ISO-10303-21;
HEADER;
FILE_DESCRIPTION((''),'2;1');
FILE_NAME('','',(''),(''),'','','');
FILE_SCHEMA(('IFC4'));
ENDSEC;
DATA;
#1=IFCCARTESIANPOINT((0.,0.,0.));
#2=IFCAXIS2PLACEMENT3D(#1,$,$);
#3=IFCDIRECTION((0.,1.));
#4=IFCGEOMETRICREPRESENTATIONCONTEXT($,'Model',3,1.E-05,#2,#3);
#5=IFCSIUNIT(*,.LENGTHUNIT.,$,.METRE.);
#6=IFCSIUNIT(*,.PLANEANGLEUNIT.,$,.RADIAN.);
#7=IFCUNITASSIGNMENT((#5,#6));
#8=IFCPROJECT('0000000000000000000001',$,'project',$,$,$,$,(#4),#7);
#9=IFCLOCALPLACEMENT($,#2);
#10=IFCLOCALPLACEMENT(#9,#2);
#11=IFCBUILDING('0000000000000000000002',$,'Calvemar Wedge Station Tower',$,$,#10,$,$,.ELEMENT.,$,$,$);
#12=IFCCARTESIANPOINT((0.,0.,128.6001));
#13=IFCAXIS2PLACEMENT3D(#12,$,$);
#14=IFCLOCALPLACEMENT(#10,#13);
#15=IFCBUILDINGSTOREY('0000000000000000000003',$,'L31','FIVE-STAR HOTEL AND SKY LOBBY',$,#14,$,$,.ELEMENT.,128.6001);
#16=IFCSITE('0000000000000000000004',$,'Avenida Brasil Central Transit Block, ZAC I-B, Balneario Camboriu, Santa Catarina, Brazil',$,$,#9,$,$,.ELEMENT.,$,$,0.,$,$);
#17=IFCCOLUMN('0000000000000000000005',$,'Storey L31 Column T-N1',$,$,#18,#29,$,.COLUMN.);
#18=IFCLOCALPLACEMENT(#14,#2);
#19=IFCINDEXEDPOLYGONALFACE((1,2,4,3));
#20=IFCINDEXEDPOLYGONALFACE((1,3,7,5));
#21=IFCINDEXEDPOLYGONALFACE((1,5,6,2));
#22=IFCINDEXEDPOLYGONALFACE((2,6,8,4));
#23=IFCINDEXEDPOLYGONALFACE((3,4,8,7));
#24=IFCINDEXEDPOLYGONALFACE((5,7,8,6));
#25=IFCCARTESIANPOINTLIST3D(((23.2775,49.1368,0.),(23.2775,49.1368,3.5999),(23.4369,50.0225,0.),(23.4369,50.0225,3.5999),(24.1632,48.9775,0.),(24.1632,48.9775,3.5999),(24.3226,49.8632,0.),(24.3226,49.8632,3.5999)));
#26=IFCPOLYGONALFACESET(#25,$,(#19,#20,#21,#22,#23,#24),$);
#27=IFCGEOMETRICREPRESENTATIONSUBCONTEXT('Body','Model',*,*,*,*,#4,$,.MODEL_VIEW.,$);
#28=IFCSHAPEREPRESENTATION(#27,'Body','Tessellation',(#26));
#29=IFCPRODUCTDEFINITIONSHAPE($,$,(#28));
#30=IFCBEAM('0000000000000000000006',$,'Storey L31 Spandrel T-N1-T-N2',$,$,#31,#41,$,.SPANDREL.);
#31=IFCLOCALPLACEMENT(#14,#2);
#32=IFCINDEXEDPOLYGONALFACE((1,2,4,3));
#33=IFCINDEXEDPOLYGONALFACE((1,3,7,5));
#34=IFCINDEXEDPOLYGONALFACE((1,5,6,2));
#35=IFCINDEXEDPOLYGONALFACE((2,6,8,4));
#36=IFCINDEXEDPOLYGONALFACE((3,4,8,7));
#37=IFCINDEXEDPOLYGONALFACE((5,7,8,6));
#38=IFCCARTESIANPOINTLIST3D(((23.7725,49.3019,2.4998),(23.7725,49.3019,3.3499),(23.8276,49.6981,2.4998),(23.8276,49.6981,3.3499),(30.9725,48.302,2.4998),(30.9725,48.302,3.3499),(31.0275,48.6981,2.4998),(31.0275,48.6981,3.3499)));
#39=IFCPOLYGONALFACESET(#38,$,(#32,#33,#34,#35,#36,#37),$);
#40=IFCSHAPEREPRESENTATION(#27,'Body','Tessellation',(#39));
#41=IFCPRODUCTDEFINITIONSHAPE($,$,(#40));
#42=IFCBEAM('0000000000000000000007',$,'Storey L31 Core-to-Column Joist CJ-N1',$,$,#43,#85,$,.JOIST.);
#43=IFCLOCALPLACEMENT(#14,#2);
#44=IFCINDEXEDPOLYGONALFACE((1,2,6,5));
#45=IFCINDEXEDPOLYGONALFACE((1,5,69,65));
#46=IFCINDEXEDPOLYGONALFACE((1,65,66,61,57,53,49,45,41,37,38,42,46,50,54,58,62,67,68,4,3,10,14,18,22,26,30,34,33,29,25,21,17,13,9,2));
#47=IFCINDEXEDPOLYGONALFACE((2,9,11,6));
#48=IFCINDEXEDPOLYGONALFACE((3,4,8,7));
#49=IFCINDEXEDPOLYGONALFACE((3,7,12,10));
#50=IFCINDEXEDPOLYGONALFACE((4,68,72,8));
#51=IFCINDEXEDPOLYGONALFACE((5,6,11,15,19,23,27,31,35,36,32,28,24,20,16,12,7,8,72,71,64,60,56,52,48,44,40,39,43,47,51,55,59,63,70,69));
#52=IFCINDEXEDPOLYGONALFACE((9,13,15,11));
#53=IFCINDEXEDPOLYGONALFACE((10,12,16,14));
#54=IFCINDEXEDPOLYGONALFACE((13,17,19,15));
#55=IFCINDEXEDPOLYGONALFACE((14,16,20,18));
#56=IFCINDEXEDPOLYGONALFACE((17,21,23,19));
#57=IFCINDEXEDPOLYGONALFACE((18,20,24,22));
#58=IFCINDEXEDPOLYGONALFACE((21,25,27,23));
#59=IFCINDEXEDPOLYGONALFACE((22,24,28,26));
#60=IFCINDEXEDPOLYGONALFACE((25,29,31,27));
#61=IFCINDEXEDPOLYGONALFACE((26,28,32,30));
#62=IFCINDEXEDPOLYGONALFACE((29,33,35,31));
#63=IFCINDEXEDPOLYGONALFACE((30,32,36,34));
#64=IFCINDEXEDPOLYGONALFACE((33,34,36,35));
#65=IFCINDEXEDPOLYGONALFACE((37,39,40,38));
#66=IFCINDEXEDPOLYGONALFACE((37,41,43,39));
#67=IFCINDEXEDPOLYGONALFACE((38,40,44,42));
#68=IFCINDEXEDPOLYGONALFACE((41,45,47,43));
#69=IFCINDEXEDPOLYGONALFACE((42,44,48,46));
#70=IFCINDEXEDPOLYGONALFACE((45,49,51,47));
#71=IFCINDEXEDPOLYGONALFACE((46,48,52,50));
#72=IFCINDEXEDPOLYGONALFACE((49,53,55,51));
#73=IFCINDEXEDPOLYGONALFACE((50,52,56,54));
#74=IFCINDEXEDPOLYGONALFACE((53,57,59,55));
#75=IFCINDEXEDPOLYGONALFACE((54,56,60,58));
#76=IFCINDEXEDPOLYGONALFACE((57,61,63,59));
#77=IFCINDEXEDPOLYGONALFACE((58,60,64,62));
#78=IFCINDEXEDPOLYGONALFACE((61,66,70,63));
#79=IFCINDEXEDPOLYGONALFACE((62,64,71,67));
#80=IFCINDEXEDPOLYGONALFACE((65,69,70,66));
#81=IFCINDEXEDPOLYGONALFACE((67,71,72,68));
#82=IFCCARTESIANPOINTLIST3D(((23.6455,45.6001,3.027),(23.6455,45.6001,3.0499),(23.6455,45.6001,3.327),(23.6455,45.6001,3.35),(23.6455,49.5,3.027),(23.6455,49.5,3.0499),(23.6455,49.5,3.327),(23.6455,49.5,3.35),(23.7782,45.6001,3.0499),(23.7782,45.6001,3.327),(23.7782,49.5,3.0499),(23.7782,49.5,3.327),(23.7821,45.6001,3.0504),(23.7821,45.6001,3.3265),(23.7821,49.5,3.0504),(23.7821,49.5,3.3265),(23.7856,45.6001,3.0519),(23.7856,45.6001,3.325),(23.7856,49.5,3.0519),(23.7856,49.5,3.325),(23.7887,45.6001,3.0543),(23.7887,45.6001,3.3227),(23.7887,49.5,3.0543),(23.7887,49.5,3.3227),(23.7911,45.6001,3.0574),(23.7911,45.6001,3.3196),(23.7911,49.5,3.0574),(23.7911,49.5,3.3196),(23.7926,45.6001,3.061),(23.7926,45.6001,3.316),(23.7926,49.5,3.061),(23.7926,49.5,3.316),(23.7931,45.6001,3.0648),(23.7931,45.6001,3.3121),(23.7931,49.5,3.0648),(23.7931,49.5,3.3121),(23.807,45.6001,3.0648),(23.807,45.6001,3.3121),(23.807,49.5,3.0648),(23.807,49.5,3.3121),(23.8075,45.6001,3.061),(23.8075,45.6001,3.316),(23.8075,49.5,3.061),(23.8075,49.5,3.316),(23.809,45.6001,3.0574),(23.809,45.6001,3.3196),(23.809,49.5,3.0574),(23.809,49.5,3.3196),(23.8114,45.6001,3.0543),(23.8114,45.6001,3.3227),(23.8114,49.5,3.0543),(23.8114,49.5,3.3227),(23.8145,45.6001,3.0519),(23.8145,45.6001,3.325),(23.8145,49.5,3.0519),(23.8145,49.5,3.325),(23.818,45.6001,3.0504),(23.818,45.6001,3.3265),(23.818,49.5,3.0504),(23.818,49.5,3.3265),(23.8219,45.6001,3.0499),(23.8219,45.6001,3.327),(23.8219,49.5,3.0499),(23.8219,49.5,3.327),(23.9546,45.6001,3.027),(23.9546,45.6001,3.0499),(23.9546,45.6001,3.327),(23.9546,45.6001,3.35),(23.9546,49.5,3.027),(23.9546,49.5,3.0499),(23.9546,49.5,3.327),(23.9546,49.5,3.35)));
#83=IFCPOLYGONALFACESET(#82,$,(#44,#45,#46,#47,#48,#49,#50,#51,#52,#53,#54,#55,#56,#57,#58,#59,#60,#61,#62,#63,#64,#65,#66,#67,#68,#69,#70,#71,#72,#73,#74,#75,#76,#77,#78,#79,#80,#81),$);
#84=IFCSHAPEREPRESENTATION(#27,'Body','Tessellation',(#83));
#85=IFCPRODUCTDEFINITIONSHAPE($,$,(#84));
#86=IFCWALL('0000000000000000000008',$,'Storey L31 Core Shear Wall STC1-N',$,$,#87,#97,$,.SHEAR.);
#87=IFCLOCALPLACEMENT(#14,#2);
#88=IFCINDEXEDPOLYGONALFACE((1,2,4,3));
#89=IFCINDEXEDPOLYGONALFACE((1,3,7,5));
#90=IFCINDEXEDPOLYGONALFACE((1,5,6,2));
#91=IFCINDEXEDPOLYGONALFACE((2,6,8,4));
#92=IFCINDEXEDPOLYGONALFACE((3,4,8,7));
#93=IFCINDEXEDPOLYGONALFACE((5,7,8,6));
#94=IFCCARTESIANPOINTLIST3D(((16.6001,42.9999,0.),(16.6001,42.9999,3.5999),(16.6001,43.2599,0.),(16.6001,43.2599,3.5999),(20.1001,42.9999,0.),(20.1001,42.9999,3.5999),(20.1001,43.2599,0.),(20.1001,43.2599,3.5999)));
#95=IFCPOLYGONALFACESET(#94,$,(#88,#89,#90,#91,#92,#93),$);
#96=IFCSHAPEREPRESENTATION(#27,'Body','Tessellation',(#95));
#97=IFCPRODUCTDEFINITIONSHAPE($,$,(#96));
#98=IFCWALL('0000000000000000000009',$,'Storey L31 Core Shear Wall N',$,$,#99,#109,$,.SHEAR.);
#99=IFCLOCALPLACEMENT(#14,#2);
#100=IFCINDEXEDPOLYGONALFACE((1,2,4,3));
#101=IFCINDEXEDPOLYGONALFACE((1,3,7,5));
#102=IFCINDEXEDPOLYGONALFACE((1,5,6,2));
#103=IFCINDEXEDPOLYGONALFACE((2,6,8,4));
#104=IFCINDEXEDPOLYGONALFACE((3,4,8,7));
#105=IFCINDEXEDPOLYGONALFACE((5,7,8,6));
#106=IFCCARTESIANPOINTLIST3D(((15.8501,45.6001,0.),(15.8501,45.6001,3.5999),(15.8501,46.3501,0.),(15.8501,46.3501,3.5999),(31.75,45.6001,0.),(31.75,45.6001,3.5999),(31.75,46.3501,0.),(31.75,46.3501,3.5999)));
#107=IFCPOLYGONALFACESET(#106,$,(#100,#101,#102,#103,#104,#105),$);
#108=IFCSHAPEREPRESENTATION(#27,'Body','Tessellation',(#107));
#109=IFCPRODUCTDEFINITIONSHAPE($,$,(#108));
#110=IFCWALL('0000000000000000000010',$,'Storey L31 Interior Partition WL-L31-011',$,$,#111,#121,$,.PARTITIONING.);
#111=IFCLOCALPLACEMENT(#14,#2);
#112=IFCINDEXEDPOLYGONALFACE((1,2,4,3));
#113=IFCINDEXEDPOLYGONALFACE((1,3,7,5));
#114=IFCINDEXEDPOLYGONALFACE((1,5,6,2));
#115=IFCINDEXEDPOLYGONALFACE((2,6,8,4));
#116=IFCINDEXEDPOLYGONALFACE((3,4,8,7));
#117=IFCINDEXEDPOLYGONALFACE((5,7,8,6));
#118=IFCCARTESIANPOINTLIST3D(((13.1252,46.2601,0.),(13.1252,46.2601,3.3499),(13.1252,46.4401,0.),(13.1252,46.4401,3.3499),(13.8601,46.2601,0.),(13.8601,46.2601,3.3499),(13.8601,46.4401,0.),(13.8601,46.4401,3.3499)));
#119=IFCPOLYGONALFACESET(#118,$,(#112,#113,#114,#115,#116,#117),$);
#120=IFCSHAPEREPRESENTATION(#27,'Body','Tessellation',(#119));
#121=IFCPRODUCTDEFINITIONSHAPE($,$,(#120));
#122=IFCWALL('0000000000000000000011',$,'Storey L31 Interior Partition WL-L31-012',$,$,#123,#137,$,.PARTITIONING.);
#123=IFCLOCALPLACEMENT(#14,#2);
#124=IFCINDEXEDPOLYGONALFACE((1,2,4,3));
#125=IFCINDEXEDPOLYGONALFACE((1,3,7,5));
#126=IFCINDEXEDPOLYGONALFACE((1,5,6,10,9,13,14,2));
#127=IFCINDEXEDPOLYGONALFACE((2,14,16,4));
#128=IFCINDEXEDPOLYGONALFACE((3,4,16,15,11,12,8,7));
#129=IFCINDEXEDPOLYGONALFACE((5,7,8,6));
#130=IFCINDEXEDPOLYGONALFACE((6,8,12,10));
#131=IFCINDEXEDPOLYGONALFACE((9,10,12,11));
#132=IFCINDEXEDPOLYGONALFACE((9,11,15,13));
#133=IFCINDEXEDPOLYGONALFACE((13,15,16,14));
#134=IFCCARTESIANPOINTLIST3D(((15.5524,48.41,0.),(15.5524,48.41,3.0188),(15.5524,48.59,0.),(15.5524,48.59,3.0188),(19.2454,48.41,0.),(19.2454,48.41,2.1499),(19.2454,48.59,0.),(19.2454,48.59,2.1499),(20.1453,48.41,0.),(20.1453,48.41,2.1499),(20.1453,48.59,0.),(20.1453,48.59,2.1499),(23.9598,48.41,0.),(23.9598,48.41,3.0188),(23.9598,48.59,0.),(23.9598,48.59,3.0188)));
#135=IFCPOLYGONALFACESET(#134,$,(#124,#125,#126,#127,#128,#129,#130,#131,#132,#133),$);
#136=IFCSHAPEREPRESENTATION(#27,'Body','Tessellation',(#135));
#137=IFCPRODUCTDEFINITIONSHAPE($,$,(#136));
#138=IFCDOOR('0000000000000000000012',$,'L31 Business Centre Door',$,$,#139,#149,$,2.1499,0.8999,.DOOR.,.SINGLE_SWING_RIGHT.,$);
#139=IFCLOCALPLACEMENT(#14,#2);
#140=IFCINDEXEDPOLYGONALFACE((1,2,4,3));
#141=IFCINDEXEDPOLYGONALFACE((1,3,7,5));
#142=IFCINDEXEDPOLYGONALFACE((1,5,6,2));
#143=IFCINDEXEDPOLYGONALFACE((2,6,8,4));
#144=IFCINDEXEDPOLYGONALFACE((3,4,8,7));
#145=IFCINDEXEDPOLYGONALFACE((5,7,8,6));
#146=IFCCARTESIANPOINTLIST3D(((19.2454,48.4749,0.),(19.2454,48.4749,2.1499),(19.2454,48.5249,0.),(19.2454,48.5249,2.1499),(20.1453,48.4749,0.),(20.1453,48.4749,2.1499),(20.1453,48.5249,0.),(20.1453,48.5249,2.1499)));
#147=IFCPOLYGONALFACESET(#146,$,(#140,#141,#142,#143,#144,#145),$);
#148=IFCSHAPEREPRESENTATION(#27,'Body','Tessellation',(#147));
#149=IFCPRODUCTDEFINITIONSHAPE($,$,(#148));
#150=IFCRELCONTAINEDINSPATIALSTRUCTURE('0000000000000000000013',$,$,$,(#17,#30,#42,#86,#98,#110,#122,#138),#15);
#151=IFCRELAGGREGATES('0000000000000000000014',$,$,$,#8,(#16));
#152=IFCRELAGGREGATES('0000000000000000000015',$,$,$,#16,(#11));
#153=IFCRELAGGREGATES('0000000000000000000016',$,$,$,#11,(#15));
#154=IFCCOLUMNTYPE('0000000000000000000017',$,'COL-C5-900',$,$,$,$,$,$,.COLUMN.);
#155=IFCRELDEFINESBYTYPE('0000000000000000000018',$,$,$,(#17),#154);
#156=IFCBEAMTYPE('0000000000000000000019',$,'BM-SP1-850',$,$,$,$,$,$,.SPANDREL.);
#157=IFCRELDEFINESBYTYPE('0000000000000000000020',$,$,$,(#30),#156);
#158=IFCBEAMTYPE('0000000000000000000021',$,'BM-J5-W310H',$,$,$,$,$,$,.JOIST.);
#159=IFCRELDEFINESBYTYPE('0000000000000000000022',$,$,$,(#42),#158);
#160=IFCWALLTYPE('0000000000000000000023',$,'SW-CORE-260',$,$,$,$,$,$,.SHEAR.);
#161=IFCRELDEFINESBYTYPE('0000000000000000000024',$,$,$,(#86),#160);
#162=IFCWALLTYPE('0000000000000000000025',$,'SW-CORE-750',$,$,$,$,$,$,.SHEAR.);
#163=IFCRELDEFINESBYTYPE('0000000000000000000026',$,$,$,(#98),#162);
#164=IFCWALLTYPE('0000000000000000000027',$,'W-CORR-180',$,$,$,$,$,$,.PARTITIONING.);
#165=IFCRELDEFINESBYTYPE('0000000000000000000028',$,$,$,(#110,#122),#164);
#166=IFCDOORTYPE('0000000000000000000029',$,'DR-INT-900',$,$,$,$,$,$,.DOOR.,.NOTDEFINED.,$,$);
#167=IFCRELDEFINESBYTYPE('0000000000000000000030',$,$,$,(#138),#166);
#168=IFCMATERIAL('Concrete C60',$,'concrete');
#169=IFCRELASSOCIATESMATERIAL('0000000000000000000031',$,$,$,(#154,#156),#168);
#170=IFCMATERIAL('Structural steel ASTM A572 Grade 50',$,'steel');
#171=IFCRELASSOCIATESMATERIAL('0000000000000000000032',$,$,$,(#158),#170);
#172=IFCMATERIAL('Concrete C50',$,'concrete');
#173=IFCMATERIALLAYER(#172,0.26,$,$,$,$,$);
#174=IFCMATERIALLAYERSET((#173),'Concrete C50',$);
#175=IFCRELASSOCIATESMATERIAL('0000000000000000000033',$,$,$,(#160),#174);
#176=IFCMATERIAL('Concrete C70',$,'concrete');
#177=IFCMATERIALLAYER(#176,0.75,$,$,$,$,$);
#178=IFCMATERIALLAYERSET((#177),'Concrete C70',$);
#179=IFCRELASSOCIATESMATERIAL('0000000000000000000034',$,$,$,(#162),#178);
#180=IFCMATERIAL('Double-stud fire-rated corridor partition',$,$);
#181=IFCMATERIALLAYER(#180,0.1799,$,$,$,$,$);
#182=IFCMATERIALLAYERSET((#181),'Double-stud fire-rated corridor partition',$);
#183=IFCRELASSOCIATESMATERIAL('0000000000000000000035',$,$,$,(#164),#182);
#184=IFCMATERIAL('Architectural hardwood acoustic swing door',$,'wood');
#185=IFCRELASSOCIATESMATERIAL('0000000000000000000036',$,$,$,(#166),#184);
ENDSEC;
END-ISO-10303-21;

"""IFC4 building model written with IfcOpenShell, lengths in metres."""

from ifc_helpers import new_model, si_unit, direction, frame, frame_2d, origin, origin_2d, place, context, subcontext, project, spatial, rectangle, i_section, extrude, source, transform, mapped, material, layer, layer_set, material_profile, profile_set, type_object, element, fill, save


model = new_model("IFC4")

# Units and contexts
model_context = context("Model", 3, precision=1e-05, world=origin(), true_north=direction((0.0, 1.0)))
body_context = subcontext(model_context, "Body", "Model", "MODEL_VIEW")
ifc_project = project(units=[si_unit("LENGTHUNIT", "METRE"), si_unit("PLANEANGLEUNIT", "RADIAN")], contexts=[model_context])

# Site, building, storey
site_placement = place(None, origin())
site = spatial("IfcSite", under=ifc_project, at=site_placement, Name="Avenida Brasil Central Transit Block, ZAC I-B, Balneario Camboriu, Santa Catarina, Brazil", CompositionType="ELEMENT", RefElevation=0.0)
building_placement = place(site_placement, origin())
building = spatial("IfcBuilding", under=site, at=building_placement, Name="Calvemar Wedge Station Tower", CompositionType="ELEMENT")
storey_placement = place(building_placement, frame((0.0, 0.0, 128.6001)))
storey = spatial("IfcBuildingStorey", under=building, at=storey_placement, Name="L31", Description="FIVE-STAR HOTEL AND SKY LOBBY", CompositionType="ELEMENT", Elevation=128.6001)

# Column
ifc_material_1 = material(Name="Concrete C60", Category="concrete")
ifc_material_profile_1 = material_profile(ifc_material_1, rectangle(XDim=0.8999, YDim=0.8999, at=origin_2d()), Name="RC900x900")
ifc_profile_set_1 = profile_set([ifc_material_profile_1], Name="Concrete C60")
column_type = type_object("IfcColumnType", Name="COL-C5-900", PredefinedType="COLUMN", material=ifc_profile_set_1)
shared_shape_1 = source(origin(), body_context, "Body", "SweptSolid", [
    extrude(rectangle(XDim=0.8999, YDim=0.8999, at=origin_2d()), origin(), (0.0, 0.0, 1.0), 3.5999),
])
column_placement = place(storey_placement, frame((23.8, 49.5, 0.0), z_axis=(0.0, 0.0, 1.0), x_axis=(0.984196, -0.177085, 0.0)))
element("IfcColumn", 1, at=column_placement, inside=storey, type_object=column_type, Name="Storey L31 Column T-N1", PredefinedType="COLUMN", context=body_context, shape_type="MappedRepresentation", body=[
    mapped(shared_shape_1, transform((0.0, 0.0, 0.0), scale=1.0)),
])

# Beams
ifc_material_profile_2 = material_profile(ifc_material_1, rectangle(XDim=0.3999, YDim=0.8501, at=origin_2d()), Name="RC400x850")
ifc_profile_set_2 = profile_set([ifc_material_profile_2], Name="Concrete C60")
beam_type_1 = type_object("IfcBeamType", Name="BM-SP1-850", PredefinedType="SPANDREL", material=ifc_profile_set_2)
shared_shape_2 = source(origin(), body_context, "Body", "SweptSolid", [
    extrude(rectangle(XDim=0.3999, YDim=0.8501, at=origin_2d()), origin(), (0.0, 0.0, 1.0), 7.269),
])
beam_1_placement = place(storey_placement, frame((23.8, 49.5, 2.9248), z_axis=(0.990492, -0.137569, 0.0), x_axis=(0.137569, 0.990492, 0.0)))
element("IfcBeam", 2, at=beam_1_placement, inside=storey, type_object=beam_type_1, Name="Storey L31 Spandrel T-N1-T-N2", PredefinedType="SPANDREL", context=body_context, shape_type="MappedRepresentation", body=[
    mapped(shared_shape_2, transform((0.0, 0.0, 0.0), scale=1.0)),
])
ifc_material_2 = material(Name="Structural steel ASTM A572 Grade 50", Category="steel")
ifc_material_profile_3 = material_profile(ifc_material_2, i_section(OverallWidth=0.3091, OverallDepth=0.323, WebThickness=0.0139, FlangeThickness=0.0229, FilletRadius=0.0149, at=origin_2d()), Name="W310x143")
ifc_profile_set_3 = profile_set([ifc_material_profile_3], Name="Structural steel ASTM A572 Grade 50")
beam_type_2 = type_object("IfcBeamType", Name="BM-J5-W310H", PredefinedType="JOIST", material=ifc_profile_set_3)
shared_shape_3 = source(origin(), body_context, "Body", "SweptSolid", [
    extrude(i_section(OverallWidth=0.3091, OverallDepth=0.323, WebThickness=0.0139, FlangeThickness=0.0229, FilletRadius=0.0149, at=origin_2d()), origin(), (0.0, 0.0, 1.0), 3.8999),
])
beam_2_placement = place(storey_placement, frame((23.8, 45.6001, 3.1885), z_axis=(0.0, 1.0, 0.0), x_axis=(-1.0, 0.0, 0.0)))
element("IfcBeam", 3, at=beam_2_placement, inside=storey, type_object=beam_type_2, Name="Storey L31 Core-to-Column Joist CJ-N1", PredefinedType="JOIST", context=body_context, shape_type="MappedRepresentation", body=[
    mapped(shared_shape_3, transform((0.0, 0.0, 0.0), scale=1.0)),
])

# Walls
ifc_material_3 = material(Name="Concrete C50", Category="concrete")
ifc_layer_1 = layer(ifc_material_3, 0.26)
ifc_layer_set_1 = layer_set([ifc_layer_1], Name="Concrete C50")
wall_type_1 = type_object("IfcWallType", Name="SW-CORE-260", PredefinedType="SHEAR", material=ifc_layer_set_1)
wall_1_placement = place(storey_placement, frame((16.6001, 43.1299, 0.0), z_axis=(0.0, 0.0, 1.0), x_axis=(1.0, 0.0, 0.0)))
element("IfcWall", 4, at=wall_1_placement, inside=storey, type_object=wall_type_1, Name="Storey L31 Core Shear Wall STC1-N", PredefinedType="SHEAR", context=body_context, shape_type="SweptSolid", body=[
    extrude(rectangle(XDim=3.5, YDim=0.26, at=frame_2d((1.75, 0.0))), origin(), (0.0, 0.0, 1.0), 3.5999),
])
ifc_material_4 = material(Name="Concrete C70", Category="concrete")
ifc_layer_2 = layer(ifc_material_4, 0.75)
ifc_layer_set_2 = layer_set([ifc_layer_2], Name="Concrete C70")
wall_type_2 = type_object("IfcWallType", Name="SW-CORE-750", PredefinedType="SHEAR", material=ifc_layer_set_2)
wall_2_placement = place(storey_placement, frame((15.8501, 45.9751, 0.0), z_axis=(0.0, 0.0, 1.0), x_axis=(1.0, 0.0, 0.0)))
element("IfcWall", 5, at=wall_2_placement, inside=storey, type_object=wall_type_2, Name="Storey L31 Core Shear Wall N", PredefinedType="SHEAR", context=body_context, shape_type="SweptSolid", body=[
    extrude(rectangle(XDim=15.8999, YDim=0.75, at=frame_2d((7.95, 0.0))), origin(), (0.0, 0.0, 1.0), 3.5999),
])
ifc_material_5 = material(Name="Double-stud fire-rated corridor partition")
ifc_layer_3 = layer(ifc_material_5, 0.1799)
ifc_layer_set_3 = layer_set([ifc_layer_3], Name="Double-stud fire-rated corridor partition")
wall_type_3 = type_object("IfcWallType", Name="W-CORR-180", PredefinedType="PARTITIONING", material=ifc_layer_set_3)
wall_3_placement = place(storey_placement, frame((13.8601, 46.3501, 0.0), z_axis=(0.0, 0.0, 1.0), x_axis=(-1.0, 0.0, 0.0)))
element("IfcWall", 6, at=wall_3_placement, inside=storey, type_object=wall_type_3, Name="Storey L31 Interior Partition WL-L31-011", PredefinedType="PARTITIONING", context=body_context, shape_type="SweptSolid", body=[
    extrude(rectangle(XDim=0.7349, YDim=0.1799, at=frame_2d((0.3674, 0.0))), origin(), (0.0, 0.0, 1.0), 3.3499),
])

# Wall, opening, door
wall_4_placement = place(storey_placement, frame((15.5525, 48.5, 0.0), z_axis=(0.0, 0.0, 1.0), x_axis=(1.0, 0.0, 0.0)))
wall_4 = element("IfcWall", 7, at=wall_4_placement, inside=storey, type_object=wall_type_3, Name="Storey L31 Interior Partition WL-L31-012", PredefinedType="PARTITIONING", context=body_context, shape_type="SweptSolid", body=[
    extrude(rectangle(XDim=8.4075, YDim=0.1799, at=frame_2d((4.2036, 0.0))), origin(), (0.0, 0.0, 1.0), 3.0188),
])
shared_shape_4 = source(origin(), body_context, "Body", "SweptSolid", [
    extrude(rectangle(XDim=0.8999, YDim=2.1499, at=frame_2d((0.45, 1.075))), frame((0.0, 0.1001, 0.0), z_axis=(0.0, -1.0, 0.0), x_axis=(1.0, 0.0, 0.0)), (0.0, 0.0, 1.0), 0.2),
])
opening_1_placement = place(wall_4_placement, frame((3.6929, 0.0, 0.0)))
opening_1 = element("IfcOpeningElement", 8, at=opening_1_placement, cuts=wall_4, PredefinedType="OPENING", context=body_context, shape_type="MappedRepresentation", body=[
    mapped(shared_shape_4, transform((0.0, 0.0, 0.0), scale=1.0)),
])
ifc_material_6 = material(Name="Architectural hardwood acoustic swing door", Category="wood")
door_type_1 = type_object("IfcDoorType", Name="DR-INT-900", OperationType="NOTDEFINED", PredefinedType="DOOR", material=ifc_material_6)
shared_shape_5 = source(origin(), body_context, "Body", "SweptSolid", [
    extrude(rectangle(XDim=0.8999, YDim=2.1499, at=frame_2d((0.45, 1.075))), frame((0.0, 0.0249, 0.0), z_axis=(0.0, -1.0, 0.0), x_axis=(1.0, 0.0, 0.0)), (0.0, 0.0, 1.0), 0.05),
])
door_1_placement = place(opening_1_placement, origin())
door_1 = element("IfcDoor", 9, at=door_1_placement, inside=storey, type_object=door_type_1, Name="L31 Business Centre Door", OperationType="SINGLE_SWING_RIGHT", OverallHeight=2.1499, OverallWidth=0.8999, PredefinedType="DOOR", context=body_context, shape_type="MappedRepresentation", body=[
    mapped(shared_shape_5, transform((0.0, 0.0, 0.0), scale=1.0)),
])
fill(opening_1, door_1)

save(model, "model.ifc")
